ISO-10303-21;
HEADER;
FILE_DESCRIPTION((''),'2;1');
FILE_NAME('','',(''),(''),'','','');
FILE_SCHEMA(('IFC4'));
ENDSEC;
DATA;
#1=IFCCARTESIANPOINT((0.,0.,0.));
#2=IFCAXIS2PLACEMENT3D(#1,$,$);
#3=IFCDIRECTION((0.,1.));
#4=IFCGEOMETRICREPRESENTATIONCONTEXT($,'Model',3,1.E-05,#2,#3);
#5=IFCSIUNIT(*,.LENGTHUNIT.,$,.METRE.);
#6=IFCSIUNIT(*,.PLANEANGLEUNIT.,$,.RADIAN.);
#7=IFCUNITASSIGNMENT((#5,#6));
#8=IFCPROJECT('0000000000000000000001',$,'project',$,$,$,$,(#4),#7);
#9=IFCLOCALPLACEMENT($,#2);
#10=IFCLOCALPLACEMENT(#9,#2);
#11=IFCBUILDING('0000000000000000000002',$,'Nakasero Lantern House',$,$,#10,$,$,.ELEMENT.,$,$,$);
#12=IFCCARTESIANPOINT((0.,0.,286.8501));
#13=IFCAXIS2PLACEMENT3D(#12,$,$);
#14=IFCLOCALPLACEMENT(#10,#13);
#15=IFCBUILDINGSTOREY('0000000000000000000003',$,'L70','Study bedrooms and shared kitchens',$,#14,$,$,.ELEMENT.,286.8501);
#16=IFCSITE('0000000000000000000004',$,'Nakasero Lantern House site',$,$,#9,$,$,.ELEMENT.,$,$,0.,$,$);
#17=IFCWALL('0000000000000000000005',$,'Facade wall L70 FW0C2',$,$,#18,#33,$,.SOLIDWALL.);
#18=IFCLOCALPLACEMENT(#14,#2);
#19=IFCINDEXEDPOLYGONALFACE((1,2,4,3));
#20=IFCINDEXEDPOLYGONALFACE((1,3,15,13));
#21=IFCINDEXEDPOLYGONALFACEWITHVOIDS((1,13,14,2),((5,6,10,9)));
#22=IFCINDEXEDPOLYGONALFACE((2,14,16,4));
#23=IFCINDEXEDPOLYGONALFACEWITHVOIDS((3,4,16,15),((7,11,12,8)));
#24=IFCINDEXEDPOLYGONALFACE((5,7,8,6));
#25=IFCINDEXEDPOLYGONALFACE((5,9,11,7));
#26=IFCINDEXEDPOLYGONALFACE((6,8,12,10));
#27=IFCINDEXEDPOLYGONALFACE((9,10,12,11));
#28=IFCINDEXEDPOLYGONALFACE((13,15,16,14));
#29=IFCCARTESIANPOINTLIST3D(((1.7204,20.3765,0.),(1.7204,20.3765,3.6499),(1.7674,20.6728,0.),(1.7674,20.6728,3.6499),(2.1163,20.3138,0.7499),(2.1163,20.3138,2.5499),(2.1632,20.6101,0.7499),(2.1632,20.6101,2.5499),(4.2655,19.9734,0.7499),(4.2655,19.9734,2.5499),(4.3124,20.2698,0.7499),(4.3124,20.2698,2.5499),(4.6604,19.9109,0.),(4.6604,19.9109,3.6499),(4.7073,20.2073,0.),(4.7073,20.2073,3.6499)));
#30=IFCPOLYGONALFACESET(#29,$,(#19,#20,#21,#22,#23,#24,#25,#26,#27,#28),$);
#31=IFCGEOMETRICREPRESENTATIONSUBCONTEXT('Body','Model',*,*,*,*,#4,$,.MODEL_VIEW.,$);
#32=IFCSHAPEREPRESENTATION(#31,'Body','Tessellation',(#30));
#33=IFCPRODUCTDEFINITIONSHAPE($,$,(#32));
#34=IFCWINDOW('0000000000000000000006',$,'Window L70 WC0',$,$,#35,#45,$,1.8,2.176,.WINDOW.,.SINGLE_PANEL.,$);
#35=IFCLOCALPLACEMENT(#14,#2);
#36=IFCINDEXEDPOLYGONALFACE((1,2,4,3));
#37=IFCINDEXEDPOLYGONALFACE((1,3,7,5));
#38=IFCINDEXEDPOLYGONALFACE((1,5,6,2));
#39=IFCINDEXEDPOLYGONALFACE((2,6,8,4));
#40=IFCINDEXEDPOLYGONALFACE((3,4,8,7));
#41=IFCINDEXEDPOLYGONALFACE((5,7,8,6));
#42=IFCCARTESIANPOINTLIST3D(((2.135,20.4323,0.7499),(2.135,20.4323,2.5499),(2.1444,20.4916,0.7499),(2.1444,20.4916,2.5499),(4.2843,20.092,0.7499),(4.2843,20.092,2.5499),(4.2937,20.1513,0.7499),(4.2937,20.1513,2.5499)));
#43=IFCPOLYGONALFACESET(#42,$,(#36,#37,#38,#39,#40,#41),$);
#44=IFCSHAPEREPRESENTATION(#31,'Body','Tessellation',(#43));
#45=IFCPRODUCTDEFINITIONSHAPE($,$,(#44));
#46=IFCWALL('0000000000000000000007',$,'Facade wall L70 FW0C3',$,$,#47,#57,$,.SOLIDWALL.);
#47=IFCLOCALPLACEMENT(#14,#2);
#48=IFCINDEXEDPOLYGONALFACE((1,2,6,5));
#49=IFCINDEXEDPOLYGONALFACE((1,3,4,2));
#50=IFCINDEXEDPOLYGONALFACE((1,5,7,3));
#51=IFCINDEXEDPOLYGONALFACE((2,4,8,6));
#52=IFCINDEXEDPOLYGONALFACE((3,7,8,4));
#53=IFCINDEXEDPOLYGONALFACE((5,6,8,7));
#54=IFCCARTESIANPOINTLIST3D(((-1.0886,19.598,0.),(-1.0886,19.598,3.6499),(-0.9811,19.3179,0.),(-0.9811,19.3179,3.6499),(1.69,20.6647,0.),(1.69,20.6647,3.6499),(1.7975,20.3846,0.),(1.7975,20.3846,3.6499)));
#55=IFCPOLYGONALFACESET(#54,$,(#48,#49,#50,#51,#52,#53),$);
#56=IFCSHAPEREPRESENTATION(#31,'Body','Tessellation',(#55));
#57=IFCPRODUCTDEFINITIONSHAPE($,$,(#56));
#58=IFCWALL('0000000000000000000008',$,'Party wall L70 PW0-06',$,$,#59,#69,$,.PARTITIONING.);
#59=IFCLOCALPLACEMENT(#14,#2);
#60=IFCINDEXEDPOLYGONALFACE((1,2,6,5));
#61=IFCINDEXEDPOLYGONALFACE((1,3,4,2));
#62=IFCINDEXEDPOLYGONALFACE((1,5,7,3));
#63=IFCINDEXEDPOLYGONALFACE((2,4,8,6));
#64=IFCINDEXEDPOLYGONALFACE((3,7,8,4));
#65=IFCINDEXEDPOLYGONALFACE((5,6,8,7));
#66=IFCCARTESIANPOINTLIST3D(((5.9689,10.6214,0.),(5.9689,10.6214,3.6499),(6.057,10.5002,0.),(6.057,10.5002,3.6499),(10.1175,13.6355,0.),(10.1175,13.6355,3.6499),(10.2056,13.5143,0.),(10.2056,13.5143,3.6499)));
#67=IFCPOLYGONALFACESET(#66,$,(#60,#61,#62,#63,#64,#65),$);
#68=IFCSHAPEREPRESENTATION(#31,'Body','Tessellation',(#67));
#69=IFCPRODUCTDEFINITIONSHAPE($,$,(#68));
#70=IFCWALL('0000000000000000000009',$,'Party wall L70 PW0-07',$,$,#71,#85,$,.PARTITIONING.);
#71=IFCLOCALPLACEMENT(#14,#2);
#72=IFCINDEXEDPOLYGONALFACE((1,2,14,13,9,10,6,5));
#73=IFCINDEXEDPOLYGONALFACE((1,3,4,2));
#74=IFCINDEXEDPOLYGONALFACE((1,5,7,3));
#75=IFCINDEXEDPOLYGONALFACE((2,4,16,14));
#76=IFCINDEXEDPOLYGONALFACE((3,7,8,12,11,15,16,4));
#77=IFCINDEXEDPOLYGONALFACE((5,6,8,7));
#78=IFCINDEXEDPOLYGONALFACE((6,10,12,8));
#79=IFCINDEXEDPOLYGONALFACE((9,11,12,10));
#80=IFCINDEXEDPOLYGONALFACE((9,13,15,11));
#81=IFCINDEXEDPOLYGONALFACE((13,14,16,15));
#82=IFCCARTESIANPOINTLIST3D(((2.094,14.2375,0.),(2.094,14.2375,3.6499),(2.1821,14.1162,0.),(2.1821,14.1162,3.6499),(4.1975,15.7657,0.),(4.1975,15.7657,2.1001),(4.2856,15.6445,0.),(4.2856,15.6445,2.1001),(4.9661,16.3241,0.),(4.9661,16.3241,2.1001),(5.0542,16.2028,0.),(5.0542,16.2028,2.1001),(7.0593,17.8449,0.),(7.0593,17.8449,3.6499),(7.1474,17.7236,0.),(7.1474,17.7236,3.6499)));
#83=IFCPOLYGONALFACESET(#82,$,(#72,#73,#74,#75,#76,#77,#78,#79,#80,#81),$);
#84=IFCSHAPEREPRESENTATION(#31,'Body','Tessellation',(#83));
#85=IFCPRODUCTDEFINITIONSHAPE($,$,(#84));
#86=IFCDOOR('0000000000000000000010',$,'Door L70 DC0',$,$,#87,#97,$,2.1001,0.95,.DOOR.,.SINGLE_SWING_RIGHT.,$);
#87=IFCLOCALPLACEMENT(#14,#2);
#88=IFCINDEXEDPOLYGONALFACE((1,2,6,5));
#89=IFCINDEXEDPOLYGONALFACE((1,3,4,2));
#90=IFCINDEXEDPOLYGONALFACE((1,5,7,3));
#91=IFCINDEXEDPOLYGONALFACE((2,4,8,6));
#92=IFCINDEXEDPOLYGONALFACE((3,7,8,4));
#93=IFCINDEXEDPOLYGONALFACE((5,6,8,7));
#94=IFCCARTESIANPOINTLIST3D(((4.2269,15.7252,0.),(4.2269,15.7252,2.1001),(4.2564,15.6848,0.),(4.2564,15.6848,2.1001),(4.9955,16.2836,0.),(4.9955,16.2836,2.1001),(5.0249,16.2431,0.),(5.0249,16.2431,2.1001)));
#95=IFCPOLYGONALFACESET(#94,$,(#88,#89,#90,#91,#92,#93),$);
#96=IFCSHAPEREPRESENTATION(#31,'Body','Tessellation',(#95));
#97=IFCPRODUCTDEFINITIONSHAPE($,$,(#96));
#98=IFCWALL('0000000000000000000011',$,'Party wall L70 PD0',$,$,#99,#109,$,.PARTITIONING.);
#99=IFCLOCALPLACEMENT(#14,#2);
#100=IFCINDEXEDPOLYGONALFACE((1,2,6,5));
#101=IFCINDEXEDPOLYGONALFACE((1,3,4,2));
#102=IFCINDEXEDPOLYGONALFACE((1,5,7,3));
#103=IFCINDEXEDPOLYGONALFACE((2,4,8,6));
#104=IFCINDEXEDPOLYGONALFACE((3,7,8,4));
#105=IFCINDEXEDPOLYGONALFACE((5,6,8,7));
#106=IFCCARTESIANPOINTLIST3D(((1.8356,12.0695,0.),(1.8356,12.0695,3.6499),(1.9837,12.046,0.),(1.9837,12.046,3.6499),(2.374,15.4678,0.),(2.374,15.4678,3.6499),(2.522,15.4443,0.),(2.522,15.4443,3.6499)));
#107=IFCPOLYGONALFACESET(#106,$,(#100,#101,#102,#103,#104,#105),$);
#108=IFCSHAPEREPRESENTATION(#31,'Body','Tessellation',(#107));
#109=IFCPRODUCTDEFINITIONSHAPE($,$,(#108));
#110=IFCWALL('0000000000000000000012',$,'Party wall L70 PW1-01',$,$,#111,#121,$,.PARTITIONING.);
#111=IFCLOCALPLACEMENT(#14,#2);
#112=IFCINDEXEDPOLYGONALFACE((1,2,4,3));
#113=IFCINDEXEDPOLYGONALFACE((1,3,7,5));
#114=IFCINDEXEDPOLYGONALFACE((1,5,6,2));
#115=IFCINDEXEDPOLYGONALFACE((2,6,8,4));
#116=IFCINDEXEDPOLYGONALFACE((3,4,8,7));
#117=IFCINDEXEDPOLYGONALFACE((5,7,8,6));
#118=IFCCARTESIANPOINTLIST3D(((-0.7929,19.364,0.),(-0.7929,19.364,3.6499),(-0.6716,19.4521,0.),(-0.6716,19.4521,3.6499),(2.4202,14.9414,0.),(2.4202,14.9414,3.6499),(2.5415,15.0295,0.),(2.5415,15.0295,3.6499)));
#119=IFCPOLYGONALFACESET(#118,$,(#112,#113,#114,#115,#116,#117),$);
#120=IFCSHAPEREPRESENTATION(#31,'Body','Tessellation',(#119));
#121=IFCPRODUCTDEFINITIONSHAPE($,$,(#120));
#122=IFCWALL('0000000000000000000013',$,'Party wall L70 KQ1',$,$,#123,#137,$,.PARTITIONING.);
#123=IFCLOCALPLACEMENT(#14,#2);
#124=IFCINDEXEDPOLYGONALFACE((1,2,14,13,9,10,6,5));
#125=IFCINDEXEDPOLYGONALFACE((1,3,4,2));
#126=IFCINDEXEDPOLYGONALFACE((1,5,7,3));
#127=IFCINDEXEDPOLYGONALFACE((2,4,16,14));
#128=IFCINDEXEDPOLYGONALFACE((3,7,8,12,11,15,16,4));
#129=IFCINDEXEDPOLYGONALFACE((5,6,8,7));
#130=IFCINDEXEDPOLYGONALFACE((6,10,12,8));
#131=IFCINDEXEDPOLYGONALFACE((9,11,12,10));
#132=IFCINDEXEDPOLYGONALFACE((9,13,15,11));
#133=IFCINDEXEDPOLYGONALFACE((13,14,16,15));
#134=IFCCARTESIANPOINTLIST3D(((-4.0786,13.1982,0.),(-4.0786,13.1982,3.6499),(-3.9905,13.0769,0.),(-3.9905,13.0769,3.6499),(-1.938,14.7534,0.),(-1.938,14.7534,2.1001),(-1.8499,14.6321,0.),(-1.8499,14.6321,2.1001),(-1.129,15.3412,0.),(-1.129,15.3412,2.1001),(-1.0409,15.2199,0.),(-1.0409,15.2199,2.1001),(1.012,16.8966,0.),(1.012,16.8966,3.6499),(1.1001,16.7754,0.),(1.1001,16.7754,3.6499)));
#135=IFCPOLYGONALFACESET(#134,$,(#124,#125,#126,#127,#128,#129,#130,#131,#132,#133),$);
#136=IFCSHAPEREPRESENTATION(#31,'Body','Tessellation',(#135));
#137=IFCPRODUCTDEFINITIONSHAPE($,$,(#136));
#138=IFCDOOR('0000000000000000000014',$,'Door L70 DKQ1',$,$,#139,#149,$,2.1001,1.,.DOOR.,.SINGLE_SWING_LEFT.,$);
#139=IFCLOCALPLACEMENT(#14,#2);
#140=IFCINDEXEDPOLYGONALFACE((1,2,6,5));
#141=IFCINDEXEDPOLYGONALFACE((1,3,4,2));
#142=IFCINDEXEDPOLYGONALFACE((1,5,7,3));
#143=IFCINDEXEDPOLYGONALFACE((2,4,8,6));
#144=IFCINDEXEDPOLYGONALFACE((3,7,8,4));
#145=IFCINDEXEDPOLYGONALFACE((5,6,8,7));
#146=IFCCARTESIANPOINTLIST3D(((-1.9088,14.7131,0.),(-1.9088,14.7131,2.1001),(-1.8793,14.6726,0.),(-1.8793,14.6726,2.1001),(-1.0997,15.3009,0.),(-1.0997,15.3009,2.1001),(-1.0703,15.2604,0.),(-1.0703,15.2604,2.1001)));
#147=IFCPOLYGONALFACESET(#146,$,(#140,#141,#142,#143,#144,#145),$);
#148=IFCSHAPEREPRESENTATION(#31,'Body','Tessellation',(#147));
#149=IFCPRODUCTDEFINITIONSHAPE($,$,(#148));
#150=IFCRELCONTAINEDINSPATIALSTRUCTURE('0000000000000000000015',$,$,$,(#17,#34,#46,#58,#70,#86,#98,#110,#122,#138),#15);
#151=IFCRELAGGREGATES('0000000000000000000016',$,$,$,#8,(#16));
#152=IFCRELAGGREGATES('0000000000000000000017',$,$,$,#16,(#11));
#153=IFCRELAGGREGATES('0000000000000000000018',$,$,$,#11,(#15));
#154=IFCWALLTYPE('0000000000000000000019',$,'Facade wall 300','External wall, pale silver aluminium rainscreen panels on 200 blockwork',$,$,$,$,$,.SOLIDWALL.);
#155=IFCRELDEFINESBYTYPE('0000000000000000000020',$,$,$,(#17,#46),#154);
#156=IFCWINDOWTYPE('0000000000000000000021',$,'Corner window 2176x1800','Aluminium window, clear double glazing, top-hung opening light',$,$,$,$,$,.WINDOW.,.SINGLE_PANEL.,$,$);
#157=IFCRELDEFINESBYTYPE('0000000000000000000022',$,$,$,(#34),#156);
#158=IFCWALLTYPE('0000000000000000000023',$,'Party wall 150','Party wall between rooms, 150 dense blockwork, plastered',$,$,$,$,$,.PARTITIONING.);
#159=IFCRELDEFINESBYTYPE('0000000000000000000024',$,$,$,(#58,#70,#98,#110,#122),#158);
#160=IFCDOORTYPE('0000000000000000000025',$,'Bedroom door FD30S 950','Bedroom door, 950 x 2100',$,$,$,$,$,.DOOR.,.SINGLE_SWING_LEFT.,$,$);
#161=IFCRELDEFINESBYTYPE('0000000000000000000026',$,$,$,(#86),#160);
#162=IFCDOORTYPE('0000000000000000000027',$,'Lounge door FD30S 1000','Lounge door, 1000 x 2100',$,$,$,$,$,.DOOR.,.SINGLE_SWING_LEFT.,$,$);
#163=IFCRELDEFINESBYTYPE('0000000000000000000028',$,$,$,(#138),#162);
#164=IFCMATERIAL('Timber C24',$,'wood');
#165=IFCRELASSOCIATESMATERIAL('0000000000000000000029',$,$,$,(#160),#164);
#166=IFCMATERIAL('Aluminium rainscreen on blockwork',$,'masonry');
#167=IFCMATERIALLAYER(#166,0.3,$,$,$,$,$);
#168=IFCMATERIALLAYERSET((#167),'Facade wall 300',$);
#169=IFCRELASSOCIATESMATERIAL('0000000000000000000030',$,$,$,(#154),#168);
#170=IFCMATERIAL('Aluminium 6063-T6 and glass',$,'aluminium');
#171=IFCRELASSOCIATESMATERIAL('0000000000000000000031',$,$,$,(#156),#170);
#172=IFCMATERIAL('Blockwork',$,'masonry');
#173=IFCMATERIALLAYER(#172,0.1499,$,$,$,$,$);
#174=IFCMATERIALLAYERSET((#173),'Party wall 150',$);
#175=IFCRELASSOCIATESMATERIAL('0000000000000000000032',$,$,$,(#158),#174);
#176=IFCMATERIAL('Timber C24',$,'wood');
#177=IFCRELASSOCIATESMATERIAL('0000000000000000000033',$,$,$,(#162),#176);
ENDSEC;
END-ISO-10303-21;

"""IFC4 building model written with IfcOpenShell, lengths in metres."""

from ifc_helpers import new_model, si_unit, direction, frame, frame_2d, origin, place, context, subcontext, project, spatial, rectangle, extrude, material, layer, layer_set, type_object, element, fill, save


model = new_model("IFC4")

# Units and contexts
model_context = context("Model", 3, precision=1e-05, world=origin(), true_north=direction((0.0, 1.0)))
body_context = subcontext(model_context, "Body", "Model", "MODEL_VIEW")
ifc_project = project(units=[si_unit("LENGTHUNIT", "METRE"), si_unit("PLANEANGLEUNIT", "RADIAN")], contexts=[model_context])

# Site, building, storey
site_placement = place(None, origin())
site = spatial("IfcSite", under=ifc_project, at=site_placement, Name="Nakasero Lantern House site", CompositionType="ELEMENT", RefElevation=0.0)
building_placement = place(site_placement, origin())
building = spatial("IfcBuilding", under=site, at=building_placement, Name="Nakasero Lantern House", CompositionType="ELEMENT")
storey_placement = place(building_placement, frame((0.0, 0.0, 286.8501)))
storey = spatial("IfcBuildingStorey", under=building, at=storey_placement, Name="L70", Description="Study bedrooms and shared kitchens", CompositionType="ELEMENT", Elevation=286.8501)

# Shared definitions
ifc_material_1 = material(Name="Timber C24", Category="wood")
door_type_1 = type_object("IfcDoorType", Name="Bedroom door FD30S 950", Description="Bedroom door, 950 x 2100", OperationType="SINGLE_SWING_LEFT", PredefinedType="DOOR", material=ifc_material_1)

# Wall, opening, window
ifc_material_2 = material(Name="Aluminium rainscreen on blockwork", Category="masonry")
ifc_layer_1 = layer(ifc_material_2, 0.3)
ifc_layer_set_1 = layer_set([ifc_layer_1], Name="Facade wall 300")
wall_type_1 = type_object("IfcWallType", Name="Facade wall 300", Description="External wall, pale silver aluminium rainscreen panels on 200 blockwork", PredefinedType="SOLIDWALL", material=ifc_layer_set_1)
wall_1_placement = place(storey_placement, frame((4.6838, 20.0591, 0.0), z_axis=(0.0, 0.0, 1.0), x_axis=(-0.987692, 0.156413, 0.0)))
wall_1 = element("IfcWall", 1, at=wall_1_placement, inside=storey, type_object=wall_type_1, Name="Facade wall L70 FW0C2", PredefinedType="SOLIDWALL", context=body_context, shape_type="SweptSolid", body=[
    extrude(rectangle(XDim=2.9766, YDim=0.3, at=frame_2d((1.4883, 0.0))), origin(), (0.0, 0.0, 1.0), 3.6499),
])
opening_1_placement = place(wall_1_placement, frame((0.3999, 0.0, 0.75)))
opening_1 = element("IfcOpeningElement", 2, at=opening_1_placement, cuts=wall_1, PredefinedType="OPENING", context=body_context, shape_type="SweptSolid", body=[
    extrude(rectangle(XDim=2.176, YDim=1.8, at=frame_2d((1.0879, 0.8999))), frame((0.0, 0.1699, 0.0), z_axis=(0.0, -1.0, 0.0), x_axis=(1.0, 0.0, 0.0)), (0.0, 0.0, 1.0), 0.3401),
])
ifc_material_3 = material(Name="Aluminium 6063-T6 and glass", Category="aluminium")
window_type = type_object("IfcWindowType", Name="Corner window 2176x1800", Description="Aluminium window, clear double glazing, top-hung opening light", PartitioningType="SINGLE_PANEL", PredefinedType="WINDOW", material=ifc_material_3)
window_placement = place(opening_1_placement, origin())
window = element("IfcWindow", 3, at=window_placement, inside=storey, type_object=window_type, Name="Window L70 WC0", OverallHeight=1.8, OverallWidth=2.176, PartitioningType="SINGLE_PANEL", PredefinedType="WINDOW", context=body_context, shape_type="SweptSolid", body=[
    extrude(rectangle(XDim=2.176, YDim=1.8, at=frame_2d((1.0879, 0.8999))), frame((0.0, 0.03, 0.0), z_axis=(0.0, -1.0, 0.0), x_axis=(1.0, 0.0, 0.0)), (0.0, 0.0, 1.0), 0.0601),
])
fill(opening_1, window)

# Walls
wall_2_placement = place(storey_placement, frame((1.7439, 20.5247, 0.0), z_axis=(0.0, 0.0, 1.0), x_axis=(-0.933574, -0.358385, 0.0)))
element("IfcWall", 4, at=wall_2_placement, inside=storey, type_object=wall_type_1, Name="Facade wall L70 FW0C3", PredefinedType="SOLIDWALL", context=body_context, shape_type="SweptSolid", body=[
    extrude(rectangle(XDim=2.9763, YDim=0.3, at=frame_2d((1.4883, 0.0))), origin(), (0.0, 0.0, 1.0), 3.6499),
])
ifc_material_4 = material(Name="Blockwork", Category="masonry")
ifc_layer_2 = layer(ifc_material_4, 0.1499)
ifc_layer_set_2 = layer_set([ifc_layer_2], Name="Party wall 150")
wall_type_2 = type_object("IfcWallType", Name="Party wall 150", Description="Party wall between rooms, 150 dense blockwork, plastered", PredefinedType="PARTITIONING", material=ifc_layer_set_2)
wall_3_placement = place(storey_placement, frame((6.0129, 10.5608, 0.0), z_axis=(0.0, 0.0, 1.0), x_axis=(0.80902, 0.587781, 0.0)))
element("IfcWall", 5, at=wall_3_placement, inside=storey, type_object=wall_type_2, Name="Party wall L70 PW0-06", PredefinedType="PARTITIONING", context=body_context, shape_type="SweptSolid", body=[
    extrude(rectangle(XDim=5.1279, YDim=0.1499, at=frame_2d((2.564, 0.0))), origin(), (0.0, 0.0, 1.0), 3.6499),
])

# Wall, opening, door
wall_4_placement = place(storey_placement, frame((2.1379, 14.1768, 0.0), z_axis=(0.0, 0.0, 1.0), x_axis=(0.809025, 0.587774, 0.0)))
wall_4 = element("IfcWall", 6, at=wall_4_placement, inside=storey, type_object=wall_type_2, Name="Party wall L70 PW0-07", PredefinedType="PARTITIONING", context=body_context, shape_type="SweptSolid", body=[
    extrude(rectangle(XDim=6.1375, YDim=0.1499, at=frame_2d((3.0688, 0.0))), origin(), (0.0, 0.0, 1.0), 3.6499),
])
opening_2_placement = place(wall_4_placement, frame((2.6001, 0.0, 0.0)))
opening_2 = element("IfcOpeningElement", 7, at=opening_2_placement, cuts=wall_4, PredefinedType="OPENING", context=body_context, shape_type="SweptSolid", body=[
    extrude(rectangle(XDim=0.95, YDim=2.1001, at=frame_2d((0.4751, 1.05))), frame((0.0, 0.095, 0.0), z_axis=(0.0, -1.0, 0.0), x_axis=(1.0, 0.0, 0.0)), (0.0, 0.0, 1.0), 0.1899),
])
door_1_placement = place(opening_2_placement, origin())
door_1 = element("IfcDoor", 8, at=door_1_placement, inside=storey, type_object=door_type_1, Name="Door L70 DC0", OperationType="SINGLE_SWING_RIGHT", OverallHeight=2.1001, OverallWidth=0.95, PredefinedType="DOOR", context=body_context, shape_type="SweptSolid", body=[
    extrude(rectangle(XDim=0.95, YDim=2.1001, at=frame_2d((0.4751, 1.05))), frame((0.0, 0.0249, 0.0), z_axis=(0.0, -1.0, 0.0), x_axis=(1.0, 0.0, 0.0)), (0.0, 0.0, 1.0), 0.05),
])
fill(opening_2, door_1)

# Walls
wall_5_placement = place(storey_placement, frame((1.9097, 12.0579, 0.0), z_axis=(0.0, 0.0, 1.0), x_axis=(0.156465, 0.987683, 0.0)))
element("IfcWall", 9, at=wall_5_placement, inside=storey, type_object=wall_type_2, Name="Party wall L70 PD0", PredefinedType="PARTITIONING", context=body_context, shape_type="SweptSolid", body=[
    extrude(rectangle(XDim=3.4407, YDim=0.1499, at=frame_2d((1.7202, 0.0))), origin(), (0.0, 0.0, 1.0), 3.6499),
])
wall_6_placement = place(storey_placement, frame((2.481, 14.9854, 0.0), z_axis=(0.0, 0.0, 1.0), x_axis=(-0.587776, 0.809024, 0.0)))
element("IfcWall", 10, at=wall_6_placement, inside=storey, type_object=wall_type_2, Name="Party wall L70 PW1-01", PredefinedType="PARTITIONING", context=body_context, shape_type="SweptSolid", body=[
    extrude(rectangle(XDim=5.4666, YDim=0.1499, at=frame_2d((2.7334, 0.0))), origin(), (0.0, 0.0, 1.0), 3.6499),
])

# Wall, opening, door
wall_7_placement = place(storey_placement, frame((1.0559, 16.8359, 0.0), z_axis=(0.0, 0.0, 1.0), x_axis=(-0.80902, -0.587782, 0.0)))
wall_7 = element("IfcWall", 11, at=wall_7_placement, inside=storey, type_object=wall_type_2, Name="Party wall L70 KQ1", PredefinedType="PARTITIONING", context=body_context, shape_type="SweptSolid", body=[
    extrude(rectangle(XDim=6.2922, YDim=0.1499, at=frame_2d((3.146, 0.0))), origin(), (0.0, 0.0, 1.0), 3.6499),
])
opening_3_placement = place(wall_7_placement, frame((2.6462, 0.0, 0.0)))
opening_3 = element("IfcOpeningElement", 12, at=opening_3_placement, cuts=wall_7, PredefinedType="OPENING", context=body_context, shape_type="SweptSolid", body=[
    extrude(rectangle(XDim=1.0, YDim=2.1001, at=frame_2d((0.5, 1.05))), frame((0.0, 0.095, 0.0), z_axis=(0.0, -1.0, 0.0), x_axis=(1.0, 0.0, 0.0)), (0.0, 0.0, 1.0), 0.1899),
])
ifc_material_5 = material(Name="Timber C24", Category="wood")
door_type_2 = type_object("IfcDoorType", Name="Lounge door FD30S 1000", Description="Lounge door, 1000 x 2100", OperationType="SINGLE_SWING_LEFT", PredefinedType="DOOR", material=ifc_material_5)
door_2_placement = place(opening_3_placement, origin())
door_2 = element("IfcDoor", 13, at=door_2_placement, inside=storey, type_object=door_type_2, Name="Door L70 DKQ1", OperationType="SINGLE_SWING_LEFT", OverallHeight=2.1001, OverallWidth=1.0, PredefinedType="DOOR", context=body_context, shape_type="SweptSolid", body=[
    extrude(rectangle(XDim=1.0, YDim=2.1001, at=frame_2d((0.5, 1.05))), frame((0.0, 0.0249, 0.0), z_axis=(0.0, -1.0, 0.0), x_axis=(1.0, 0.0, 0.0)), (0.0, 0.0, 1.0), 0.05),
])
fill(opening_3, door_2)

save(model, "model.ifc")
